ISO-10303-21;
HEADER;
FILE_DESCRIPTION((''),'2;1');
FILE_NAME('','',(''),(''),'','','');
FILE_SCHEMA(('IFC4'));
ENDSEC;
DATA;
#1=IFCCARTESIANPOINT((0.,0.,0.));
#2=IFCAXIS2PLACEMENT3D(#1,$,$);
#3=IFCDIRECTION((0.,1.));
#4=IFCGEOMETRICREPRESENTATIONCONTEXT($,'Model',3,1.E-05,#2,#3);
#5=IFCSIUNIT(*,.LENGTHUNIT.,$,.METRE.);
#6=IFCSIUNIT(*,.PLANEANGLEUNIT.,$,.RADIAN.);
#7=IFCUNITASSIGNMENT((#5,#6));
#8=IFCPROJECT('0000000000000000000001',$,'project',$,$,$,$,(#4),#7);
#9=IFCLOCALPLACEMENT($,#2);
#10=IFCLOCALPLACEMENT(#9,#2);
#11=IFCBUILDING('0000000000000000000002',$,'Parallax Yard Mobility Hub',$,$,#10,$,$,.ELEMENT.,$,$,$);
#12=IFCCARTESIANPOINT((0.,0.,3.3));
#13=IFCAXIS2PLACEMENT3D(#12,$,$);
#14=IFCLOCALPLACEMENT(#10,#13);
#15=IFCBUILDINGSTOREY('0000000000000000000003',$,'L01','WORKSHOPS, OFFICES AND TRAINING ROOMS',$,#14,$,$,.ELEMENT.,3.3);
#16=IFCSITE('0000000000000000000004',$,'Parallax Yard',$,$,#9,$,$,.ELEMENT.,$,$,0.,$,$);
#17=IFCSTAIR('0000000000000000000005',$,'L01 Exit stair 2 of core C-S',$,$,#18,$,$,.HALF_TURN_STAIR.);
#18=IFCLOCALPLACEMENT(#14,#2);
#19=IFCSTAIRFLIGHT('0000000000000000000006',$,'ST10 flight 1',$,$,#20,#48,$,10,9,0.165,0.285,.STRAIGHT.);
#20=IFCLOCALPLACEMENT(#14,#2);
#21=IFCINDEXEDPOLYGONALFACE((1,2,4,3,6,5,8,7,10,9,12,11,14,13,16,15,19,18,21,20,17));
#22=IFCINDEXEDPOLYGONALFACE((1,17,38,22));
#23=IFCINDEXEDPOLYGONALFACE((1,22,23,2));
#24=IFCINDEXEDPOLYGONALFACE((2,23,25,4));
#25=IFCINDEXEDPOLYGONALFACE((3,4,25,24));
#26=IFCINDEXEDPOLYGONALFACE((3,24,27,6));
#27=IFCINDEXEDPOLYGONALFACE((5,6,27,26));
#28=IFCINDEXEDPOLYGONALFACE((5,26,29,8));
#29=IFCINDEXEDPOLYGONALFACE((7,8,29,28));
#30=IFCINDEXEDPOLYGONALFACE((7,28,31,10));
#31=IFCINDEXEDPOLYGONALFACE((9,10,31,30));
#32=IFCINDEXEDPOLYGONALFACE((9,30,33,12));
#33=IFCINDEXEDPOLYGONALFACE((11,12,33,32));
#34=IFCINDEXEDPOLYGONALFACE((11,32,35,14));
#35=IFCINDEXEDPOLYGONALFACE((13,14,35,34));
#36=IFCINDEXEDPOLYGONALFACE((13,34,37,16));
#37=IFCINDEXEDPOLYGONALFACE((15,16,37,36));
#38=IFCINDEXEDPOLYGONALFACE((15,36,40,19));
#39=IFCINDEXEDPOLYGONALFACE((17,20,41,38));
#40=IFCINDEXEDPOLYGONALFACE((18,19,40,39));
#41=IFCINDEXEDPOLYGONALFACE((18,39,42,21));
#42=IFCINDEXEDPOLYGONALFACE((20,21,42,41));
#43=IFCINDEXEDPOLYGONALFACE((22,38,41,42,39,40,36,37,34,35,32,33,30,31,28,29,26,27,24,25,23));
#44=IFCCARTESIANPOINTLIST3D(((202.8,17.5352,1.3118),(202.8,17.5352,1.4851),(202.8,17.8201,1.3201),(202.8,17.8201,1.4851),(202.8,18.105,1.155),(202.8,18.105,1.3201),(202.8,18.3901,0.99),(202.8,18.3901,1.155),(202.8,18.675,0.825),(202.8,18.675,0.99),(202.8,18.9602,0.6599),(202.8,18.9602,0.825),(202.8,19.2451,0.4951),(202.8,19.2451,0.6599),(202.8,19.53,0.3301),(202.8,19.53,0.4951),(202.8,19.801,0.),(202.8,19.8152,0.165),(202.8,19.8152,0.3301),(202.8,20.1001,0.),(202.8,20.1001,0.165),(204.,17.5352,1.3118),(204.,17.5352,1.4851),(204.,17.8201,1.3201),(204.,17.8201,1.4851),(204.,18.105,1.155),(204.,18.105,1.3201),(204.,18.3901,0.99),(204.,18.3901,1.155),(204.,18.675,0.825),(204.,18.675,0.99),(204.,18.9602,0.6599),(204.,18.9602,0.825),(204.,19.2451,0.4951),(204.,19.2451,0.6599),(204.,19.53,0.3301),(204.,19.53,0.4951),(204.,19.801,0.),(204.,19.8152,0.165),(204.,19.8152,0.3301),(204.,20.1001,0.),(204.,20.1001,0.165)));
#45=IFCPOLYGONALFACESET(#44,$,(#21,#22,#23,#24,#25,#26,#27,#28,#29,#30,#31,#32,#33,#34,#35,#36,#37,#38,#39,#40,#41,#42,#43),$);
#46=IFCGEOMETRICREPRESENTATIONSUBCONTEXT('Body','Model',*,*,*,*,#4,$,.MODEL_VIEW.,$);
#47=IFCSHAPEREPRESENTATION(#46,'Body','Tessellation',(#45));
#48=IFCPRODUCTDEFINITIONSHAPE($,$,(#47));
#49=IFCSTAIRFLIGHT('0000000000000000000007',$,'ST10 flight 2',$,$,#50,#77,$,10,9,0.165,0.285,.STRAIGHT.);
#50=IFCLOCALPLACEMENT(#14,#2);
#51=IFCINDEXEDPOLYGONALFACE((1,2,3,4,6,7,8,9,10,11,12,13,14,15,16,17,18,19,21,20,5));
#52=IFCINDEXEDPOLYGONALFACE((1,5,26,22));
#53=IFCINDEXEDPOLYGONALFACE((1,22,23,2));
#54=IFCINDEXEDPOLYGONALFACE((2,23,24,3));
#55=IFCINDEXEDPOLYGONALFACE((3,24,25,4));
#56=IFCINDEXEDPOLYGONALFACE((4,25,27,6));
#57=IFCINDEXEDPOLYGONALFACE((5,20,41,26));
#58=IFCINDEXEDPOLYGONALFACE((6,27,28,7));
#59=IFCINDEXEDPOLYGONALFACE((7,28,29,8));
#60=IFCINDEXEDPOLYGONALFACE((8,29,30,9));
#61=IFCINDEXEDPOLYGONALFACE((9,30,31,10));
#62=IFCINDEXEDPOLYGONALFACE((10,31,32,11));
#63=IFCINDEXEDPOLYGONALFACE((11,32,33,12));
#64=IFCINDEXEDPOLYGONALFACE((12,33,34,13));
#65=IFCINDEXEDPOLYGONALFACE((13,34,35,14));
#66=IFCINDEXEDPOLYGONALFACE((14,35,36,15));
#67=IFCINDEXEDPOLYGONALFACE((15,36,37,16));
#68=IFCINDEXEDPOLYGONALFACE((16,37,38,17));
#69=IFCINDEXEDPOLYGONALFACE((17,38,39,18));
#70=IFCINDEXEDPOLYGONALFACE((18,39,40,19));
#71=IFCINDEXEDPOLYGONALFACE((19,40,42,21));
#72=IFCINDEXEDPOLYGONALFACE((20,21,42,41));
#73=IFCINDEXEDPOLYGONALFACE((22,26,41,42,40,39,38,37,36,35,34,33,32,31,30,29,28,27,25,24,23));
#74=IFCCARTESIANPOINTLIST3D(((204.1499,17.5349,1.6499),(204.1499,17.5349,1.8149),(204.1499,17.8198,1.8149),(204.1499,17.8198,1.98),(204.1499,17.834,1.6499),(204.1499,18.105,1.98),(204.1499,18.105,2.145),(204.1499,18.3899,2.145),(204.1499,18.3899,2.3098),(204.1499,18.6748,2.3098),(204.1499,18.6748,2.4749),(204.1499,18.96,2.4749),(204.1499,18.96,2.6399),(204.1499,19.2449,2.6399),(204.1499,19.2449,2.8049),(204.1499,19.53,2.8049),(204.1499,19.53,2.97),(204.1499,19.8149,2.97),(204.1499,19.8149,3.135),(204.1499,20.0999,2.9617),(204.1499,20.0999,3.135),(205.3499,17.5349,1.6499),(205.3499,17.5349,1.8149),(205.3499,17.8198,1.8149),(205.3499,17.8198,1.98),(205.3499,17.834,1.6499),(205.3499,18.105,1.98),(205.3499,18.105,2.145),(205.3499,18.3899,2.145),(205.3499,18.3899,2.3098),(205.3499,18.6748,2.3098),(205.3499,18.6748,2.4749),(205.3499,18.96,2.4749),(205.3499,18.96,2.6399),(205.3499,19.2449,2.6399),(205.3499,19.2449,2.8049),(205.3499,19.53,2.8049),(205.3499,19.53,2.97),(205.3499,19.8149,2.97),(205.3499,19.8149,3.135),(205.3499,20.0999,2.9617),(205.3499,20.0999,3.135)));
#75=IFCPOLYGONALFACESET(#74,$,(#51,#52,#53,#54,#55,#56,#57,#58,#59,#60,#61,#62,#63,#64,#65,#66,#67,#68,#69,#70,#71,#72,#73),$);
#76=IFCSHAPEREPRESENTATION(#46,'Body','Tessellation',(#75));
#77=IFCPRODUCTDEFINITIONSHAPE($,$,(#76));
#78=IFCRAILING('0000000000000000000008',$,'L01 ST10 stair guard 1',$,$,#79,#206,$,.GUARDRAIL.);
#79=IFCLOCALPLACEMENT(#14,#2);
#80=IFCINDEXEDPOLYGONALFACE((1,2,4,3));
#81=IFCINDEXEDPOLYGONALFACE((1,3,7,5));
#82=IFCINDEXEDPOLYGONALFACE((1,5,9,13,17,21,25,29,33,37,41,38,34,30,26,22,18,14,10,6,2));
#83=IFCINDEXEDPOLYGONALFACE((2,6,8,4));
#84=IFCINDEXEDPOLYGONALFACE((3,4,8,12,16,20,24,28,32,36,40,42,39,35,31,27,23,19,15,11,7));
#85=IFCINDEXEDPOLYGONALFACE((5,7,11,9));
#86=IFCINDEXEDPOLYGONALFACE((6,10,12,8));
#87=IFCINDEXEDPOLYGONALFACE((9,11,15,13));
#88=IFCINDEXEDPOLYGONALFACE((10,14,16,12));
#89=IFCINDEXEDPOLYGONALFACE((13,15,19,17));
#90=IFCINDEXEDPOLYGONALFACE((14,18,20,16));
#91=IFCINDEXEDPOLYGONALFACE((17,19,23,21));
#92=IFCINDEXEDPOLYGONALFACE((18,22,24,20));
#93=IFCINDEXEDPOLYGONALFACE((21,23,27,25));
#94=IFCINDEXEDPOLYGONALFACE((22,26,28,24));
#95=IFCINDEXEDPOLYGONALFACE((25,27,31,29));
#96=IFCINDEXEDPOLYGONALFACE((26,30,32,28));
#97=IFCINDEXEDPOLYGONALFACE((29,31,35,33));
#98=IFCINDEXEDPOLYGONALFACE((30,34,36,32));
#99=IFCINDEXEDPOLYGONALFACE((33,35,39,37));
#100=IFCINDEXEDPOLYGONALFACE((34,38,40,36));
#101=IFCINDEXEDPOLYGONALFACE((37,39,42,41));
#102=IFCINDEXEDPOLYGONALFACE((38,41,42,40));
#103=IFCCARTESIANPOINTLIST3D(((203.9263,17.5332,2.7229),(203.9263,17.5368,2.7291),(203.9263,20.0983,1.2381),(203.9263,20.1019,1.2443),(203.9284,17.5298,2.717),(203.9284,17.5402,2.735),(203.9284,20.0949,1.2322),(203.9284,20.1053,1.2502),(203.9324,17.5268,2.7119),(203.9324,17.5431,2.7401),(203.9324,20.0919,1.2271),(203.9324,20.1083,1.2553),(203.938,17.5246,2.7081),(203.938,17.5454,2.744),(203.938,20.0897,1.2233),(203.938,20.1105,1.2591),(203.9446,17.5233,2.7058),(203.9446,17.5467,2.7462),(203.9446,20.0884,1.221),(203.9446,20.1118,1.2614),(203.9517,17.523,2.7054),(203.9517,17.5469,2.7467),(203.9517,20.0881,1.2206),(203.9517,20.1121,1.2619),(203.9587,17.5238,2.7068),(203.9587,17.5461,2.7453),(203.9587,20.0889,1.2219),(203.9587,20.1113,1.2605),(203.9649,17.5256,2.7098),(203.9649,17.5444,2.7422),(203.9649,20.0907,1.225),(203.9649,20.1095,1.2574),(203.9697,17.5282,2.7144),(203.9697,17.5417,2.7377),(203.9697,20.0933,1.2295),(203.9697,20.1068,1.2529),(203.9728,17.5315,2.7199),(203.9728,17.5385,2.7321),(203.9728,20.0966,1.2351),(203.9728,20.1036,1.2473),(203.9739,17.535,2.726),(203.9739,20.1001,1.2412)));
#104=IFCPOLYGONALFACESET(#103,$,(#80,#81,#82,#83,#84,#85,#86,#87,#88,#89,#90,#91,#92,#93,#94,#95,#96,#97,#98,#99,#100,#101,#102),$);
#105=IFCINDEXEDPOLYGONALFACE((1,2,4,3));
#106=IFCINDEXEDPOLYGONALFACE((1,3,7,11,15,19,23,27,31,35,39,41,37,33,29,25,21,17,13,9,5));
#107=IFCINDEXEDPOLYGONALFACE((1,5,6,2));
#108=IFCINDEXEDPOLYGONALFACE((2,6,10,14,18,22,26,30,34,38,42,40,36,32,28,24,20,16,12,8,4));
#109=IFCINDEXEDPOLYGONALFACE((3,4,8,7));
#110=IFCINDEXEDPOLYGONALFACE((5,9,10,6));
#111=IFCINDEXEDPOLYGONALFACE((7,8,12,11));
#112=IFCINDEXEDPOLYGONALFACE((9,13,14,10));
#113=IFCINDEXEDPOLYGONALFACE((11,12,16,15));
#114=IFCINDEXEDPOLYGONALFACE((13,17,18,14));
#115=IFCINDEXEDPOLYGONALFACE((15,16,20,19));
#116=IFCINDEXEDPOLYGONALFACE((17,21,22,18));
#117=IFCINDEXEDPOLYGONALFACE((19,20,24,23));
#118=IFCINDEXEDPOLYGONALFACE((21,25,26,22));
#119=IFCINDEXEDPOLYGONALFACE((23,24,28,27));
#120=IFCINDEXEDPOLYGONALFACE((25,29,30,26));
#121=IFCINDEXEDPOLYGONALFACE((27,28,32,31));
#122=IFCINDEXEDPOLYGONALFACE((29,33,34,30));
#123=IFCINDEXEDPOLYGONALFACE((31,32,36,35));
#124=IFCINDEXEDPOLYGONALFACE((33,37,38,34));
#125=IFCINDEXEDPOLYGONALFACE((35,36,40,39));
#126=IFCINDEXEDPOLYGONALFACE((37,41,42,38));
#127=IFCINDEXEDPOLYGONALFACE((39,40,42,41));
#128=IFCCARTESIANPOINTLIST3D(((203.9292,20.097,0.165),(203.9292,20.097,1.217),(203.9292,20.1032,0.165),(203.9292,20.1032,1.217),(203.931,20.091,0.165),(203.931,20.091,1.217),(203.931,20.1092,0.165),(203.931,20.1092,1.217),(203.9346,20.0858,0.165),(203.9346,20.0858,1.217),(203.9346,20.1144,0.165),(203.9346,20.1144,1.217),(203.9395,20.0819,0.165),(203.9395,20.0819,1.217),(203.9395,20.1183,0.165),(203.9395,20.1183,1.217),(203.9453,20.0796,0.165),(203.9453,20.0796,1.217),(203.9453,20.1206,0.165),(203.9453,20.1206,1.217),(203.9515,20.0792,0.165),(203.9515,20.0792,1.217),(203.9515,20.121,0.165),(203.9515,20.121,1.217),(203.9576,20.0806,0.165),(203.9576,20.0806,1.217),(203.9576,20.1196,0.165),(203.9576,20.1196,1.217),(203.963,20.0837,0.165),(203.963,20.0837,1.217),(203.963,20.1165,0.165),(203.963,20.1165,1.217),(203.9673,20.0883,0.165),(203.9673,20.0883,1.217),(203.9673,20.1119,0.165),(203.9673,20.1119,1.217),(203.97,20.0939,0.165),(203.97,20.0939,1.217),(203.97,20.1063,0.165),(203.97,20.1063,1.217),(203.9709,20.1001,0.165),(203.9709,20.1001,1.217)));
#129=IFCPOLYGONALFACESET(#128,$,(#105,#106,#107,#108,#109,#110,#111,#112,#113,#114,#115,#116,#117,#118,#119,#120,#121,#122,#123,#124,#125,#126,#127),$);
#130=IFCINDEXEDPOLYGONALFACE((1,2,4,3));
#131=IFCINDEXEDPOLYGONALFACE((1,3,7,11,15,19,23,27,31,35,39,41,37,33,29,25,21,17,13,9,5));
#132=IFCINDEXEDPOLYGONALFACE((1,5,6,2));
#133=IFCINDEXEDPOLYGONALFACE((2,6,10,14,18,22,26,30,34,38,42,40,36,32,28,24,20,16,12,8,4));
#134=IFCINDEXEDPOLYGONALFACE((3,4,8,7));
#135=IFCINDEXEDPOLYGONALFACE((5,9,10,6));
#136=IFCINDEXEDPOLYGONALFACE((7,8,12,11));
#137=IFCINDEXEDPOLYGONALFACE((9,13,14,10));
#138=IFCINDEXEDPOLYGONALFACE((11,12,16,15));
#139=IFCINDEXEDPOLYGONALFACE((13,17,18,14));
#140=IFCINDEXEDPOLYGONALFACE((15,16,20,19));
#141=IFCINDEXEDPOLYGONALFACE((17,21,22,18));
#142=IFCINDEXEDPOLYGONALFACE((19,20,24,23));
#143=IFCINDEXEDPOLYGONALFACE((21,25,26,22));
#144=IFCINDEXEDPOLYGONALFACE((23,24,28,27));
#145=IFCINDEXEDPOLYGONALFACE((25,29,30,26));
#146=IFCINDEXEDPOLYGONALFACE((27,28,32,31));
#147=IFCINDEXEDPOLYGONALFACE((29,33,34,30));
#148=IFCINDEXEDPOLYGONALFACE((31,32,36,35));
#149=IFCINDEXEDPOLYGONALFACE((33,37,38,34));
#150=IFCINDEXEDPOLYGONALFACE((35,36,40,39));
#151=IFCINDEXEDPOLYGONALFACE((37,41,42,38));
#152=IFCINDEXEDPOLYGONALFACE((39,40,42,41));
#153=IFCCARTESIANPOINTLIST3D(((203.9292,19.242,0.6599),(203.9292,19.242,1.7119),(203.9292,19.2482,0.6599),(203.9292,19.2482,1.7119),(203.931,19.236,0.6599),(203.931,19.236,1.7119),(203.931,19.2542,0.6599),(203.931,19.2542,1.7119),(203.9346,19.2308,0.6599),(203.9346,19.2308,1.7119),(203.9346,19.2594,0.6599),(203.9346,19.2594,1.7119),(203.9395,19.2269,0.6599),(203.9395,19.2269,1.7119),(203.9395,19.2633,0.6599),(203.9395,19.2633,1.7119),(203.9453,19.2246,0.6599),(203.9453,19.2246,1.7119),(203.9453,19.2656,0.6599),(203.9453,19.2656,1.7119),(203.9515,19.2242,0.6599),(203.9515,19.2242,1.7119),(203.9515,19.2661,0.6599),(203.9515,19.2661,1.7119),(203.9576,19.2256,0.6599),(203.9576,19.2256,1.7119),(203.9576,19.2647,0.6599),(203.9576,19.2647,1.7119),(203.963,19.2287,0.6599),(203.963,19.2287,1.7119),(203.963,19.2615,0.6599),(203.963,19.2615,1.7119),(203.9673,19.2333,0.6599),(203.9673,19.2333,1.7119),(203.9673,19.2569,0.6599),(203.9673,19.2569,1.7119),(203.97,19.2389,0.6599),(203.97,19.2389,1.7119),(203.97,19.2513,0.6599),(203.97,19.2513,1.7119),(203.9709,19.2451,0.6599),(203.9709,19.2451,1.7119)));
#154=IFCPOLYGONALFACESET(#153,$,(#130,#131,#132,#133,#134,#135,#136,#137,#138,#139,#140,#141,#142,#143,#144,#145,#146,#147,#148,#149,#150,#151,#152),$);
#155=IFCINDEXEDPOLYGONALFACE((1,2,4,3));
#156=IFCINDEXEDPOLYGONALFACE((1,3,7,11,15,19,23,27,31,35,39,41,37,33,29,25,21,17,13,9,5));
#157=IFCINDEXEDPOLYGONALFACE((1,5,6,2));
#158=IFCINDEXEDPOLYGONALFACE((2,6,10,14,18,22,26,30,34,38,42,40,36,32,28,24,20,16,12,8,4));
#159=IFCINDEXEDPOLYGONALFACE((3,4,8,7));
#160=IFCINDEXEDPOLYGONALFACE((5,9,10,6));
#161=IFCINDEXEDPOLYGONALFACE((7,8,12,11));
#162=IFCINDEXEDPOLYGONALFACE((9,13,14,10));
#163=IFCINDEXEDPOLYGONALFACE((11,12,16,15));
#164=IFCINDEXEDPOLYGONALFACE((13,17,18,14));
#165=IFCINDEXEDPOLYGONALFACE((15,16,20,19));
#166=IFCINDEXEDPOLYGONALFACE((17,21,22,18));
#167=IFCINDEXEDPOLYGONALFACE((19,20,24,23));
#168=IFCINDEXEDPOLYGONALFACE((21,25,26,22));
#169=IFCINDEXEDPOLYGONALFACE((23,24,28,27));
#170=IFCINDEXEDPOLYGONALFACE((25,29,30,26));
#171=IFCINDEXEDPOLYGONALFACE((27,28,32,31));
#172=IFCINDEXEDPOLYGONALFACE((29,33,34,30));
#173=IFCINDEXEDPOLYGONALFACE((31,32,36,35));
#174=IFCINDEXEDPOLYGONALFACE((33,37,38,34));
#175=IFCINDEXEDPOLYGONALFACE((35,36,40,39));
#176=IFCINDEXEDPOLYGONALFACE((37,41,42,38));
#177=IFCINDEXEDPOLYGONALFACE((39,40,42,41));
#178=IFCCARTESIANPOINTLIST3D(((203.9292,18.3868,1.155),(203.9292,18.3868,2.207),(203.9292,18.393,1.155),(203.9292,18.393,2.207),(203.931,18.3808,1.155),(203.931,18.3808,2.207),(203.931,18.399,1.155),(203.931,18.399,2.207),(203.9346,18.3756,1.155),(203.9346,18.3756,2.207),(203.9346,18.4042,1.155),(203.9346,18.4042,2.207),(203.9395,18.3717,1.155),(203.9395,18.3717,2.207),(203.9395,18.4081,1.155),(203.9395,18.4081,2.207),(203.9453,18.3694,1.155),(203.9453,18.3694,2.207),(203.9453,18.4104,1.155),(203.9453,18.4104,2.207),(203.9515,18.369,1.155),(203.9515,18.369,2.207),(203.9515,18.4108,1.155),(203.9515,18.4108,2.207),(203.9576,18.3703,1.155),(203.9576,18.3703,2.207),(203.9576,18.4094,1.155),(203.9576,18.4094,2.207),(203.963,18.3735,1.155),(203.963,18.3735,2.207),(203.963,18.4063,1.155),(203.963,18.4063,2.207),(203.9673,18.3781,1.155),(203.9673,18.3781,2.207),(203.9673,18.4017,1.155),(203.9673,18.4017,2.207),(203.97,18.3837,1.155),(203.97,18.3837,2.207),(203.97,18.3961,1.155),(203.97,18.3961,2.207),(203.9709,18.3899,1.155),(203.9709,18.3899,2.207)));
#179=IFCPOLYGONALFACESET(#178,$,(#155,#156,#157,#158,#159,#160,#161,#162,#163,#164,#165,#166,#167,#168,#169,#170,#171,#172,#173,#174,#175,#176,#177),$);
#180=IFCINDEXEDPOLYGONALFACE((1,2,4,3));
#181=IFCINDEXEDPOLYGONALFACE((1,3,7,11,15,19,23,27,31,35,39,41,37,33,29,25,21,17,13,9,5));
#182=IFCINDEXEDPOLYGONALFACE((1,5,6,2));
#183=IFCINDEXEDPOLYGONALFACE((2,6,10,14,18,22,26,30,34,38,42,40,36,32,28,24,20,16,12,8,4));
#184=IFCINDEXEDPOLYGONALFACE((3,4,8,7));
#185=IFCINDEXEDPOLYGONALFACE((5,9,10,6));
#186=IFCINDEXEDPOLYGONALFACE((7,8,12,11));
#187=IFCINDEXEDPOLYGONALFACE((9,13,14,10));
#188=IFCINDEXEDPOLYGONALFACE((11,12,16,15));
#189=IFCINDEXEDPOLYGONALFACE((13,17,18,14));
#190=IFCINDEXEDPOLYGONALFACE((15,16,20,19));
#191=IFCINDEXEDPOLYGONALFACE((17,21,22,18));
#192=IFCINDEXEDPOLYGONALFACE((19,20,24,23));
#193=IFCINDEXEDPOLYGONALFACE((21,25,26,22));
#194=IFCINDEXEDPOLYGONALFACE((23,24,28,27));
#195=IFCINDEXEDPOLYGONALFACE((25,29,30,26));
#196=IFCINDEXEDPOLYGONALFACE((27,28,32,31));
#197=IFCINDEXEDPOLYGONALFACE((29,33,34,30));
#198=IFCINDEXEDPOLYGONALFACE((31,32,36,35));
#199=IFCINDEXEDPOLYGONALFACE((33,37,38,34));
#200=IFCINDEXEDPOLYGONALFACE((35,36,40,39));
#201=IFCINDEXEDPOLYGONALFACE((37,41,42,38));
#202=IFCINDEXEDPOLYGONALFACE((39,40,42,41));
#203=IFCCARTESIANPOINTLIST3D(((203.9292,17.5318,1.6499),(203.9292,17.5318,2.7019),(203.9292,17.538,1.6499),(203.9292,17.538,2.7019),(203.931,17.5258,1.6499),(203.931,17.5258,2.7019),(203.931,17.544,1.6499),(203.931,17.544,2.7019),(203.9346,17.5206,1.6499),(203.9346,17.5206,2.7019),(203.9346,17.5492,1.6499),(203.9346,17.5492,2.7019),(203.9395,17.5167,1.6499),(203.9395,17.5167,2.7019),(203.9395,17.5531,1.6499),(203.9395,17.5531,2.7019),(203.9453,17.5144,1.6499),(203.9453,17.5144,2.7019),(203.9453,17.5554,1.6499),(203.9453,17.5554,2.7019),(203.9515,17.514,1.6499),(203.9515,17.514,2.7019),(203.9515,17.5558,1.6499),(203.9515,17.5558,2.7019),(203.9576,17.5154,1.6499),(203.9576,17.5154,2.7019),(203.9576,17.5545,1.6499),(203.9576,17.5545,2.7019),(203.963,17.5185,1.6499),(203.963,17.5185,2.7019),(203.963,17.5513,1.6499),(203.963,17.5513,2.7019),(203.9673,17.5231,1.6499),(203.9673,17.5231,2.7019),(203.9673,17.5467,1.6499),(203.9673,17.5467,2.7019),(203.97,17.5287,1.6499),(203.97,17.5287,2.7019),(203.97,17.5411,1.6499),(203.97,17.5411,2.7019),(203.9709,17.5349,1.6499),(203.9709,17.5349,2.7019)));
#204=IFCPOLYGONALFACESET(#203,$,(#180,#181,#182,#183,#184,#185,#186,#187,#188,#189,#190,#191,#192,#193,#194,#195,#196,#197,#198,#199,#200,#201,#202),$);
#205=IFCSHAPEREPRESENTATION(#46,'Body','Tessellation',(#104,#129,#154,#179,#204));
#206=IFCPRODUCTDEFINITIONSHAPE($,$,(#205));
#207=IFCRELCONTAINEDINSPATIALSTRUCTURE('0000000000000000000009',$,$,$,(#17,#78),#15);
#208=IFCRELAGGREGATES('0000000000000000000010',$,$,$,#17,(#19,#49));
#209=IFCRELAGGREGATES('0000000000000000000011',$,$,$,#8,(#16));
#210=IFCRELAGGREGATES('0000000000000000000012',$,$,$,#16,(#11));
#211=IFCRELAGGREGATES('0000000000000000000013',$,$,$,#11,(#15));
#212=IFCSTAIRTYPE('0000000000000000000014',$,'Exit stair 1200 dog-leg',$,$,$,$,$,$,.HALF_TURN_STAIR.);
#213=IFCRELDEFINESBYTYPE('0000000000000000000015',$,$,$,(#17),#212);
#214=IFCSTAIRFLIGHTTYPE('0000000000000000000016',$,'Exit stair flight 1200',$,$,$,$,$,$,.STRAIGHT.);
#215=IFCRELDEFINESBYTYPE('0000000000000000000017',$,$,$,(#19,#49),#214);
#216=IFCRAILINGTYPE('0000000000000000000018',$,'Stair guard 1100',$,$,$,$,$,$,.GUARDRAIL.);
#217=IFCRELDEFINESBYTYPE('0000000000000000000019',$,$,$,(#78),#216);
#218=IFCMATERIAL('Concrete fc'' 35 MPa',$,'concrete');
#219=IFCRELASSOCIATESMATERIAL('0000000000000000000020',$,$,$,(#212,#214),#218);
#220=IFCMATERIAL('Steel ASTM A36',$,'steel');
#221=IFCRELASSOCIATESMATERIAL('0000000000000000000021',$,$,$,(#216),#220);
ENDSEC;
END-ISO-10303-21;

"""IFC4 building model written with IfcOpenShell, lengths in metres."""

from ifc_helpers import new_model, si_unit, direction, frame, origin, origin_2d, place, context, subcontext, project, spatial, polyline, circle, outline, extrude, material, type_object, element, aggregate, save


model = new_model("IFC4")

# Units and contexts
model_context = context("Model", 3, precision=1e-05, world=origin(), true_north=direction((0.0, 1.0)))
body_context = subcontext(model_context, "Body", "Model", "MODEL_VIEW")
ifc_project = project(units=[si_unit("LENGTHUNIT", "METRE"), si_unit("PLANEANGLEUNIT", "RADIAN")], contexts=[model_context])

# Site, building, storey
site_placement = place(None, origin())
site = spatial("IfcSite", under=ifc_project, at=site_placement, Name="Parallax Yard", CompositionType="ELEMENT", RefElevation=0.0)
building_placement = place(site_placement, origin())
building = spatial("IfcBuilding", under=site, at=building_placement, Name="Parallax Yard Mobility Hub", CompositionType="ELEMENT")
storey_placement = place(building_placement, frame((0.0, 0.0, 3.3)))
storey = spatial("IfcBuildingStorey", under=building, at=storey_placement, Name="L01", Description="WORKSHOPS, OFFICES AND TRAINING ROOMS", CompositionType="ELEMENT", Elevation=3.3)

# Shared definitions
ifc_material_1 = material(Name="Concrete fc' 35 MPa", Category="concrete")

# Stair, stair flights
stair_type = type_object("IfcStairType", Name="Exit stair 1200 dog-leg", PredefinedType="HALF_TURN_STAIR", material=ifc_material_1)
stair_placement = place(storey_placement, origin())
stair = element("IfcStair", 1, at=stair_placement, inside=storey, type_object=stair_type, Name="L01 Exit stair 2 of core C-S", PredefinedType="HALF_TURN_STAIR")
stair_flight_type = type_object("IfcStairFlightType", Name="Exit stair flight 1200", PredefinedType="STRAIGHT", material=ifc_material_1)
stair_flight_1_placement = place(storey_placement, frame((203.3999, 20.1001, 0.0), z_axis=(0.0, 0.0, 1.0), x_axis=(0.0, -1.0, 0.0)))
stair_flight_1 = element("IfcStairFlight", 2, at=stair_flight_1_placement, type_object=stair_flight_type, Name="ST10 flight 1", NumberOfRisers=10, NumberOfTreads=9, PredefinedType="STRAIGHT", RiserHeight=0.165, TreadLength=0.285, context=body_context, shape_type="SweptSolid", body=[
    extrude(outline(polyline([(0.0, 0.0), (0.0, 0.165), (0.2849, 0.165), (0.2849, 0.3301), (0.5701, 0.3301), (0.5701, 0.4951), (0.855, 0.4951), (0.855, 0.6599), (1.1399, 0.6599), (1.1399, 0.825), (1.425, 0.825), (1.425, 0.99), (1.71, 0.99), (1.71, 1.155), (1.9951, 1.155), (1.9951, 1.3201), (2.28, 1.3201), (2.28, 1.4851), (2.5649, 1.4851), (2.5649, 1.6499), (2.5649, 1.3118), (0.2991, 0.0), (0.0, 0.0)])), frame((0.0, 0.6001, 0.0), z_axis=(0.0, -1.0, 0.0), x_axis=(1.0, 0.0, 0.0)), (0.0, 0.0, 1.0), 1.2),
])
stair_flight_2_placement = place(storey_placement, frame((204.75, 17.5349, 1.6499), z_axis=(0.0, 0.0, 1.0), x_axis=(0.0, 1.0, 0.0)))
stair_flight_2 = element("IfcStairFlight", 3, at=stair_flight_2_placement, type_object=stair_flight_type, Name="ST10 flight 2", NumberOfRisers=10, NumberOfTreads=9, PredefinedType="STRAIGHT", RiserHeight=0.165, TreadLength=0.285, context=body_context, shape_type="SweptSolid", body=[
    extrude(outline(polyline([(0.0, 0.0), (0.0, 0.165), (0.2849, 0.165), (0.2849, 0.3301), (0.5701, 0.3301), (0.5701, 0.4951), (0.855, 0.4951), (0.855, 0.6599), (1.1399, 0.6599), (1.1399, 0.825), (1.425, 0.825), (1.425, 0.99), (1.71, 0.99), (1.71, 1.155), (1.9951, 1.155), (1.9951, 1.3201), (2.28, 1.3201), (2.28, 1.4851), (2.5649, 1.4851), (2.5649, 1.6499), (2.5649, 1.3118), (0.2991, 0.0), (0.0, 0.0)])), frame((0.0, 0.6001, 0.0), z_axis=(0.0, -1.0, 0.0), x_axis=(1.0, 0.0, 0.0)), (0.0, 0.0, 1.0), 1.2),
])
aggregate(stair, [stair_flight_1, stair_flight_2])

# Railing
ifc_material_2 = material(Name="Steel ASTM A36", Category="steel")
railing_type_1 = type_object("IfcRailingType", Name="Stair guard 1100", PredefinedType="GUARDRAIL", material=ifc_material_2)
railing_1_placement = place(storey_placement, frame((203.95, 20.1001, 0.165)))
element("IfcRailing", 4, at=railing_1_placement, inside=storey, type_object=railing_type_1, Name="L01 ST10 stair guard 1", PredefinedType="GUARDRAIL", context=body_context, shape_type="SweptSolid", body=[
    extrude(circle(Radius=0.0239, at=origin_2d()), frame((0.0, 0.0, 1.0762), z_axis=(0.0, -0.865462, 0.500975), x_axis=(1.0, 0.0, 0.0)), (0.0, 0.0, 1.0), 2.9639),
    extrude(circle(Radius=0.021, at=origin_2d()), origin(), (0.0, 0.0, 1.0), 1.052),
    extrude(circle(Radius=0.021, at=origin_2d()), frame((0.0, -0.855, 0.4949)), (0.0, 0.0, 1.0), 1.052),
    extrude(circle(Radius=0.021, at=origin_2d()), frame((0.0, -1.7102, 0.99)), (0.0, 0.0, 1.0), 1.052),
    extrude(circle(Radius=0.021, at=origin_2d()), frame((0.0, -2.5652, 1.4849)), (0.0, 0.0, 1.0), 1.052),
])

save(model, "model.ifc")
